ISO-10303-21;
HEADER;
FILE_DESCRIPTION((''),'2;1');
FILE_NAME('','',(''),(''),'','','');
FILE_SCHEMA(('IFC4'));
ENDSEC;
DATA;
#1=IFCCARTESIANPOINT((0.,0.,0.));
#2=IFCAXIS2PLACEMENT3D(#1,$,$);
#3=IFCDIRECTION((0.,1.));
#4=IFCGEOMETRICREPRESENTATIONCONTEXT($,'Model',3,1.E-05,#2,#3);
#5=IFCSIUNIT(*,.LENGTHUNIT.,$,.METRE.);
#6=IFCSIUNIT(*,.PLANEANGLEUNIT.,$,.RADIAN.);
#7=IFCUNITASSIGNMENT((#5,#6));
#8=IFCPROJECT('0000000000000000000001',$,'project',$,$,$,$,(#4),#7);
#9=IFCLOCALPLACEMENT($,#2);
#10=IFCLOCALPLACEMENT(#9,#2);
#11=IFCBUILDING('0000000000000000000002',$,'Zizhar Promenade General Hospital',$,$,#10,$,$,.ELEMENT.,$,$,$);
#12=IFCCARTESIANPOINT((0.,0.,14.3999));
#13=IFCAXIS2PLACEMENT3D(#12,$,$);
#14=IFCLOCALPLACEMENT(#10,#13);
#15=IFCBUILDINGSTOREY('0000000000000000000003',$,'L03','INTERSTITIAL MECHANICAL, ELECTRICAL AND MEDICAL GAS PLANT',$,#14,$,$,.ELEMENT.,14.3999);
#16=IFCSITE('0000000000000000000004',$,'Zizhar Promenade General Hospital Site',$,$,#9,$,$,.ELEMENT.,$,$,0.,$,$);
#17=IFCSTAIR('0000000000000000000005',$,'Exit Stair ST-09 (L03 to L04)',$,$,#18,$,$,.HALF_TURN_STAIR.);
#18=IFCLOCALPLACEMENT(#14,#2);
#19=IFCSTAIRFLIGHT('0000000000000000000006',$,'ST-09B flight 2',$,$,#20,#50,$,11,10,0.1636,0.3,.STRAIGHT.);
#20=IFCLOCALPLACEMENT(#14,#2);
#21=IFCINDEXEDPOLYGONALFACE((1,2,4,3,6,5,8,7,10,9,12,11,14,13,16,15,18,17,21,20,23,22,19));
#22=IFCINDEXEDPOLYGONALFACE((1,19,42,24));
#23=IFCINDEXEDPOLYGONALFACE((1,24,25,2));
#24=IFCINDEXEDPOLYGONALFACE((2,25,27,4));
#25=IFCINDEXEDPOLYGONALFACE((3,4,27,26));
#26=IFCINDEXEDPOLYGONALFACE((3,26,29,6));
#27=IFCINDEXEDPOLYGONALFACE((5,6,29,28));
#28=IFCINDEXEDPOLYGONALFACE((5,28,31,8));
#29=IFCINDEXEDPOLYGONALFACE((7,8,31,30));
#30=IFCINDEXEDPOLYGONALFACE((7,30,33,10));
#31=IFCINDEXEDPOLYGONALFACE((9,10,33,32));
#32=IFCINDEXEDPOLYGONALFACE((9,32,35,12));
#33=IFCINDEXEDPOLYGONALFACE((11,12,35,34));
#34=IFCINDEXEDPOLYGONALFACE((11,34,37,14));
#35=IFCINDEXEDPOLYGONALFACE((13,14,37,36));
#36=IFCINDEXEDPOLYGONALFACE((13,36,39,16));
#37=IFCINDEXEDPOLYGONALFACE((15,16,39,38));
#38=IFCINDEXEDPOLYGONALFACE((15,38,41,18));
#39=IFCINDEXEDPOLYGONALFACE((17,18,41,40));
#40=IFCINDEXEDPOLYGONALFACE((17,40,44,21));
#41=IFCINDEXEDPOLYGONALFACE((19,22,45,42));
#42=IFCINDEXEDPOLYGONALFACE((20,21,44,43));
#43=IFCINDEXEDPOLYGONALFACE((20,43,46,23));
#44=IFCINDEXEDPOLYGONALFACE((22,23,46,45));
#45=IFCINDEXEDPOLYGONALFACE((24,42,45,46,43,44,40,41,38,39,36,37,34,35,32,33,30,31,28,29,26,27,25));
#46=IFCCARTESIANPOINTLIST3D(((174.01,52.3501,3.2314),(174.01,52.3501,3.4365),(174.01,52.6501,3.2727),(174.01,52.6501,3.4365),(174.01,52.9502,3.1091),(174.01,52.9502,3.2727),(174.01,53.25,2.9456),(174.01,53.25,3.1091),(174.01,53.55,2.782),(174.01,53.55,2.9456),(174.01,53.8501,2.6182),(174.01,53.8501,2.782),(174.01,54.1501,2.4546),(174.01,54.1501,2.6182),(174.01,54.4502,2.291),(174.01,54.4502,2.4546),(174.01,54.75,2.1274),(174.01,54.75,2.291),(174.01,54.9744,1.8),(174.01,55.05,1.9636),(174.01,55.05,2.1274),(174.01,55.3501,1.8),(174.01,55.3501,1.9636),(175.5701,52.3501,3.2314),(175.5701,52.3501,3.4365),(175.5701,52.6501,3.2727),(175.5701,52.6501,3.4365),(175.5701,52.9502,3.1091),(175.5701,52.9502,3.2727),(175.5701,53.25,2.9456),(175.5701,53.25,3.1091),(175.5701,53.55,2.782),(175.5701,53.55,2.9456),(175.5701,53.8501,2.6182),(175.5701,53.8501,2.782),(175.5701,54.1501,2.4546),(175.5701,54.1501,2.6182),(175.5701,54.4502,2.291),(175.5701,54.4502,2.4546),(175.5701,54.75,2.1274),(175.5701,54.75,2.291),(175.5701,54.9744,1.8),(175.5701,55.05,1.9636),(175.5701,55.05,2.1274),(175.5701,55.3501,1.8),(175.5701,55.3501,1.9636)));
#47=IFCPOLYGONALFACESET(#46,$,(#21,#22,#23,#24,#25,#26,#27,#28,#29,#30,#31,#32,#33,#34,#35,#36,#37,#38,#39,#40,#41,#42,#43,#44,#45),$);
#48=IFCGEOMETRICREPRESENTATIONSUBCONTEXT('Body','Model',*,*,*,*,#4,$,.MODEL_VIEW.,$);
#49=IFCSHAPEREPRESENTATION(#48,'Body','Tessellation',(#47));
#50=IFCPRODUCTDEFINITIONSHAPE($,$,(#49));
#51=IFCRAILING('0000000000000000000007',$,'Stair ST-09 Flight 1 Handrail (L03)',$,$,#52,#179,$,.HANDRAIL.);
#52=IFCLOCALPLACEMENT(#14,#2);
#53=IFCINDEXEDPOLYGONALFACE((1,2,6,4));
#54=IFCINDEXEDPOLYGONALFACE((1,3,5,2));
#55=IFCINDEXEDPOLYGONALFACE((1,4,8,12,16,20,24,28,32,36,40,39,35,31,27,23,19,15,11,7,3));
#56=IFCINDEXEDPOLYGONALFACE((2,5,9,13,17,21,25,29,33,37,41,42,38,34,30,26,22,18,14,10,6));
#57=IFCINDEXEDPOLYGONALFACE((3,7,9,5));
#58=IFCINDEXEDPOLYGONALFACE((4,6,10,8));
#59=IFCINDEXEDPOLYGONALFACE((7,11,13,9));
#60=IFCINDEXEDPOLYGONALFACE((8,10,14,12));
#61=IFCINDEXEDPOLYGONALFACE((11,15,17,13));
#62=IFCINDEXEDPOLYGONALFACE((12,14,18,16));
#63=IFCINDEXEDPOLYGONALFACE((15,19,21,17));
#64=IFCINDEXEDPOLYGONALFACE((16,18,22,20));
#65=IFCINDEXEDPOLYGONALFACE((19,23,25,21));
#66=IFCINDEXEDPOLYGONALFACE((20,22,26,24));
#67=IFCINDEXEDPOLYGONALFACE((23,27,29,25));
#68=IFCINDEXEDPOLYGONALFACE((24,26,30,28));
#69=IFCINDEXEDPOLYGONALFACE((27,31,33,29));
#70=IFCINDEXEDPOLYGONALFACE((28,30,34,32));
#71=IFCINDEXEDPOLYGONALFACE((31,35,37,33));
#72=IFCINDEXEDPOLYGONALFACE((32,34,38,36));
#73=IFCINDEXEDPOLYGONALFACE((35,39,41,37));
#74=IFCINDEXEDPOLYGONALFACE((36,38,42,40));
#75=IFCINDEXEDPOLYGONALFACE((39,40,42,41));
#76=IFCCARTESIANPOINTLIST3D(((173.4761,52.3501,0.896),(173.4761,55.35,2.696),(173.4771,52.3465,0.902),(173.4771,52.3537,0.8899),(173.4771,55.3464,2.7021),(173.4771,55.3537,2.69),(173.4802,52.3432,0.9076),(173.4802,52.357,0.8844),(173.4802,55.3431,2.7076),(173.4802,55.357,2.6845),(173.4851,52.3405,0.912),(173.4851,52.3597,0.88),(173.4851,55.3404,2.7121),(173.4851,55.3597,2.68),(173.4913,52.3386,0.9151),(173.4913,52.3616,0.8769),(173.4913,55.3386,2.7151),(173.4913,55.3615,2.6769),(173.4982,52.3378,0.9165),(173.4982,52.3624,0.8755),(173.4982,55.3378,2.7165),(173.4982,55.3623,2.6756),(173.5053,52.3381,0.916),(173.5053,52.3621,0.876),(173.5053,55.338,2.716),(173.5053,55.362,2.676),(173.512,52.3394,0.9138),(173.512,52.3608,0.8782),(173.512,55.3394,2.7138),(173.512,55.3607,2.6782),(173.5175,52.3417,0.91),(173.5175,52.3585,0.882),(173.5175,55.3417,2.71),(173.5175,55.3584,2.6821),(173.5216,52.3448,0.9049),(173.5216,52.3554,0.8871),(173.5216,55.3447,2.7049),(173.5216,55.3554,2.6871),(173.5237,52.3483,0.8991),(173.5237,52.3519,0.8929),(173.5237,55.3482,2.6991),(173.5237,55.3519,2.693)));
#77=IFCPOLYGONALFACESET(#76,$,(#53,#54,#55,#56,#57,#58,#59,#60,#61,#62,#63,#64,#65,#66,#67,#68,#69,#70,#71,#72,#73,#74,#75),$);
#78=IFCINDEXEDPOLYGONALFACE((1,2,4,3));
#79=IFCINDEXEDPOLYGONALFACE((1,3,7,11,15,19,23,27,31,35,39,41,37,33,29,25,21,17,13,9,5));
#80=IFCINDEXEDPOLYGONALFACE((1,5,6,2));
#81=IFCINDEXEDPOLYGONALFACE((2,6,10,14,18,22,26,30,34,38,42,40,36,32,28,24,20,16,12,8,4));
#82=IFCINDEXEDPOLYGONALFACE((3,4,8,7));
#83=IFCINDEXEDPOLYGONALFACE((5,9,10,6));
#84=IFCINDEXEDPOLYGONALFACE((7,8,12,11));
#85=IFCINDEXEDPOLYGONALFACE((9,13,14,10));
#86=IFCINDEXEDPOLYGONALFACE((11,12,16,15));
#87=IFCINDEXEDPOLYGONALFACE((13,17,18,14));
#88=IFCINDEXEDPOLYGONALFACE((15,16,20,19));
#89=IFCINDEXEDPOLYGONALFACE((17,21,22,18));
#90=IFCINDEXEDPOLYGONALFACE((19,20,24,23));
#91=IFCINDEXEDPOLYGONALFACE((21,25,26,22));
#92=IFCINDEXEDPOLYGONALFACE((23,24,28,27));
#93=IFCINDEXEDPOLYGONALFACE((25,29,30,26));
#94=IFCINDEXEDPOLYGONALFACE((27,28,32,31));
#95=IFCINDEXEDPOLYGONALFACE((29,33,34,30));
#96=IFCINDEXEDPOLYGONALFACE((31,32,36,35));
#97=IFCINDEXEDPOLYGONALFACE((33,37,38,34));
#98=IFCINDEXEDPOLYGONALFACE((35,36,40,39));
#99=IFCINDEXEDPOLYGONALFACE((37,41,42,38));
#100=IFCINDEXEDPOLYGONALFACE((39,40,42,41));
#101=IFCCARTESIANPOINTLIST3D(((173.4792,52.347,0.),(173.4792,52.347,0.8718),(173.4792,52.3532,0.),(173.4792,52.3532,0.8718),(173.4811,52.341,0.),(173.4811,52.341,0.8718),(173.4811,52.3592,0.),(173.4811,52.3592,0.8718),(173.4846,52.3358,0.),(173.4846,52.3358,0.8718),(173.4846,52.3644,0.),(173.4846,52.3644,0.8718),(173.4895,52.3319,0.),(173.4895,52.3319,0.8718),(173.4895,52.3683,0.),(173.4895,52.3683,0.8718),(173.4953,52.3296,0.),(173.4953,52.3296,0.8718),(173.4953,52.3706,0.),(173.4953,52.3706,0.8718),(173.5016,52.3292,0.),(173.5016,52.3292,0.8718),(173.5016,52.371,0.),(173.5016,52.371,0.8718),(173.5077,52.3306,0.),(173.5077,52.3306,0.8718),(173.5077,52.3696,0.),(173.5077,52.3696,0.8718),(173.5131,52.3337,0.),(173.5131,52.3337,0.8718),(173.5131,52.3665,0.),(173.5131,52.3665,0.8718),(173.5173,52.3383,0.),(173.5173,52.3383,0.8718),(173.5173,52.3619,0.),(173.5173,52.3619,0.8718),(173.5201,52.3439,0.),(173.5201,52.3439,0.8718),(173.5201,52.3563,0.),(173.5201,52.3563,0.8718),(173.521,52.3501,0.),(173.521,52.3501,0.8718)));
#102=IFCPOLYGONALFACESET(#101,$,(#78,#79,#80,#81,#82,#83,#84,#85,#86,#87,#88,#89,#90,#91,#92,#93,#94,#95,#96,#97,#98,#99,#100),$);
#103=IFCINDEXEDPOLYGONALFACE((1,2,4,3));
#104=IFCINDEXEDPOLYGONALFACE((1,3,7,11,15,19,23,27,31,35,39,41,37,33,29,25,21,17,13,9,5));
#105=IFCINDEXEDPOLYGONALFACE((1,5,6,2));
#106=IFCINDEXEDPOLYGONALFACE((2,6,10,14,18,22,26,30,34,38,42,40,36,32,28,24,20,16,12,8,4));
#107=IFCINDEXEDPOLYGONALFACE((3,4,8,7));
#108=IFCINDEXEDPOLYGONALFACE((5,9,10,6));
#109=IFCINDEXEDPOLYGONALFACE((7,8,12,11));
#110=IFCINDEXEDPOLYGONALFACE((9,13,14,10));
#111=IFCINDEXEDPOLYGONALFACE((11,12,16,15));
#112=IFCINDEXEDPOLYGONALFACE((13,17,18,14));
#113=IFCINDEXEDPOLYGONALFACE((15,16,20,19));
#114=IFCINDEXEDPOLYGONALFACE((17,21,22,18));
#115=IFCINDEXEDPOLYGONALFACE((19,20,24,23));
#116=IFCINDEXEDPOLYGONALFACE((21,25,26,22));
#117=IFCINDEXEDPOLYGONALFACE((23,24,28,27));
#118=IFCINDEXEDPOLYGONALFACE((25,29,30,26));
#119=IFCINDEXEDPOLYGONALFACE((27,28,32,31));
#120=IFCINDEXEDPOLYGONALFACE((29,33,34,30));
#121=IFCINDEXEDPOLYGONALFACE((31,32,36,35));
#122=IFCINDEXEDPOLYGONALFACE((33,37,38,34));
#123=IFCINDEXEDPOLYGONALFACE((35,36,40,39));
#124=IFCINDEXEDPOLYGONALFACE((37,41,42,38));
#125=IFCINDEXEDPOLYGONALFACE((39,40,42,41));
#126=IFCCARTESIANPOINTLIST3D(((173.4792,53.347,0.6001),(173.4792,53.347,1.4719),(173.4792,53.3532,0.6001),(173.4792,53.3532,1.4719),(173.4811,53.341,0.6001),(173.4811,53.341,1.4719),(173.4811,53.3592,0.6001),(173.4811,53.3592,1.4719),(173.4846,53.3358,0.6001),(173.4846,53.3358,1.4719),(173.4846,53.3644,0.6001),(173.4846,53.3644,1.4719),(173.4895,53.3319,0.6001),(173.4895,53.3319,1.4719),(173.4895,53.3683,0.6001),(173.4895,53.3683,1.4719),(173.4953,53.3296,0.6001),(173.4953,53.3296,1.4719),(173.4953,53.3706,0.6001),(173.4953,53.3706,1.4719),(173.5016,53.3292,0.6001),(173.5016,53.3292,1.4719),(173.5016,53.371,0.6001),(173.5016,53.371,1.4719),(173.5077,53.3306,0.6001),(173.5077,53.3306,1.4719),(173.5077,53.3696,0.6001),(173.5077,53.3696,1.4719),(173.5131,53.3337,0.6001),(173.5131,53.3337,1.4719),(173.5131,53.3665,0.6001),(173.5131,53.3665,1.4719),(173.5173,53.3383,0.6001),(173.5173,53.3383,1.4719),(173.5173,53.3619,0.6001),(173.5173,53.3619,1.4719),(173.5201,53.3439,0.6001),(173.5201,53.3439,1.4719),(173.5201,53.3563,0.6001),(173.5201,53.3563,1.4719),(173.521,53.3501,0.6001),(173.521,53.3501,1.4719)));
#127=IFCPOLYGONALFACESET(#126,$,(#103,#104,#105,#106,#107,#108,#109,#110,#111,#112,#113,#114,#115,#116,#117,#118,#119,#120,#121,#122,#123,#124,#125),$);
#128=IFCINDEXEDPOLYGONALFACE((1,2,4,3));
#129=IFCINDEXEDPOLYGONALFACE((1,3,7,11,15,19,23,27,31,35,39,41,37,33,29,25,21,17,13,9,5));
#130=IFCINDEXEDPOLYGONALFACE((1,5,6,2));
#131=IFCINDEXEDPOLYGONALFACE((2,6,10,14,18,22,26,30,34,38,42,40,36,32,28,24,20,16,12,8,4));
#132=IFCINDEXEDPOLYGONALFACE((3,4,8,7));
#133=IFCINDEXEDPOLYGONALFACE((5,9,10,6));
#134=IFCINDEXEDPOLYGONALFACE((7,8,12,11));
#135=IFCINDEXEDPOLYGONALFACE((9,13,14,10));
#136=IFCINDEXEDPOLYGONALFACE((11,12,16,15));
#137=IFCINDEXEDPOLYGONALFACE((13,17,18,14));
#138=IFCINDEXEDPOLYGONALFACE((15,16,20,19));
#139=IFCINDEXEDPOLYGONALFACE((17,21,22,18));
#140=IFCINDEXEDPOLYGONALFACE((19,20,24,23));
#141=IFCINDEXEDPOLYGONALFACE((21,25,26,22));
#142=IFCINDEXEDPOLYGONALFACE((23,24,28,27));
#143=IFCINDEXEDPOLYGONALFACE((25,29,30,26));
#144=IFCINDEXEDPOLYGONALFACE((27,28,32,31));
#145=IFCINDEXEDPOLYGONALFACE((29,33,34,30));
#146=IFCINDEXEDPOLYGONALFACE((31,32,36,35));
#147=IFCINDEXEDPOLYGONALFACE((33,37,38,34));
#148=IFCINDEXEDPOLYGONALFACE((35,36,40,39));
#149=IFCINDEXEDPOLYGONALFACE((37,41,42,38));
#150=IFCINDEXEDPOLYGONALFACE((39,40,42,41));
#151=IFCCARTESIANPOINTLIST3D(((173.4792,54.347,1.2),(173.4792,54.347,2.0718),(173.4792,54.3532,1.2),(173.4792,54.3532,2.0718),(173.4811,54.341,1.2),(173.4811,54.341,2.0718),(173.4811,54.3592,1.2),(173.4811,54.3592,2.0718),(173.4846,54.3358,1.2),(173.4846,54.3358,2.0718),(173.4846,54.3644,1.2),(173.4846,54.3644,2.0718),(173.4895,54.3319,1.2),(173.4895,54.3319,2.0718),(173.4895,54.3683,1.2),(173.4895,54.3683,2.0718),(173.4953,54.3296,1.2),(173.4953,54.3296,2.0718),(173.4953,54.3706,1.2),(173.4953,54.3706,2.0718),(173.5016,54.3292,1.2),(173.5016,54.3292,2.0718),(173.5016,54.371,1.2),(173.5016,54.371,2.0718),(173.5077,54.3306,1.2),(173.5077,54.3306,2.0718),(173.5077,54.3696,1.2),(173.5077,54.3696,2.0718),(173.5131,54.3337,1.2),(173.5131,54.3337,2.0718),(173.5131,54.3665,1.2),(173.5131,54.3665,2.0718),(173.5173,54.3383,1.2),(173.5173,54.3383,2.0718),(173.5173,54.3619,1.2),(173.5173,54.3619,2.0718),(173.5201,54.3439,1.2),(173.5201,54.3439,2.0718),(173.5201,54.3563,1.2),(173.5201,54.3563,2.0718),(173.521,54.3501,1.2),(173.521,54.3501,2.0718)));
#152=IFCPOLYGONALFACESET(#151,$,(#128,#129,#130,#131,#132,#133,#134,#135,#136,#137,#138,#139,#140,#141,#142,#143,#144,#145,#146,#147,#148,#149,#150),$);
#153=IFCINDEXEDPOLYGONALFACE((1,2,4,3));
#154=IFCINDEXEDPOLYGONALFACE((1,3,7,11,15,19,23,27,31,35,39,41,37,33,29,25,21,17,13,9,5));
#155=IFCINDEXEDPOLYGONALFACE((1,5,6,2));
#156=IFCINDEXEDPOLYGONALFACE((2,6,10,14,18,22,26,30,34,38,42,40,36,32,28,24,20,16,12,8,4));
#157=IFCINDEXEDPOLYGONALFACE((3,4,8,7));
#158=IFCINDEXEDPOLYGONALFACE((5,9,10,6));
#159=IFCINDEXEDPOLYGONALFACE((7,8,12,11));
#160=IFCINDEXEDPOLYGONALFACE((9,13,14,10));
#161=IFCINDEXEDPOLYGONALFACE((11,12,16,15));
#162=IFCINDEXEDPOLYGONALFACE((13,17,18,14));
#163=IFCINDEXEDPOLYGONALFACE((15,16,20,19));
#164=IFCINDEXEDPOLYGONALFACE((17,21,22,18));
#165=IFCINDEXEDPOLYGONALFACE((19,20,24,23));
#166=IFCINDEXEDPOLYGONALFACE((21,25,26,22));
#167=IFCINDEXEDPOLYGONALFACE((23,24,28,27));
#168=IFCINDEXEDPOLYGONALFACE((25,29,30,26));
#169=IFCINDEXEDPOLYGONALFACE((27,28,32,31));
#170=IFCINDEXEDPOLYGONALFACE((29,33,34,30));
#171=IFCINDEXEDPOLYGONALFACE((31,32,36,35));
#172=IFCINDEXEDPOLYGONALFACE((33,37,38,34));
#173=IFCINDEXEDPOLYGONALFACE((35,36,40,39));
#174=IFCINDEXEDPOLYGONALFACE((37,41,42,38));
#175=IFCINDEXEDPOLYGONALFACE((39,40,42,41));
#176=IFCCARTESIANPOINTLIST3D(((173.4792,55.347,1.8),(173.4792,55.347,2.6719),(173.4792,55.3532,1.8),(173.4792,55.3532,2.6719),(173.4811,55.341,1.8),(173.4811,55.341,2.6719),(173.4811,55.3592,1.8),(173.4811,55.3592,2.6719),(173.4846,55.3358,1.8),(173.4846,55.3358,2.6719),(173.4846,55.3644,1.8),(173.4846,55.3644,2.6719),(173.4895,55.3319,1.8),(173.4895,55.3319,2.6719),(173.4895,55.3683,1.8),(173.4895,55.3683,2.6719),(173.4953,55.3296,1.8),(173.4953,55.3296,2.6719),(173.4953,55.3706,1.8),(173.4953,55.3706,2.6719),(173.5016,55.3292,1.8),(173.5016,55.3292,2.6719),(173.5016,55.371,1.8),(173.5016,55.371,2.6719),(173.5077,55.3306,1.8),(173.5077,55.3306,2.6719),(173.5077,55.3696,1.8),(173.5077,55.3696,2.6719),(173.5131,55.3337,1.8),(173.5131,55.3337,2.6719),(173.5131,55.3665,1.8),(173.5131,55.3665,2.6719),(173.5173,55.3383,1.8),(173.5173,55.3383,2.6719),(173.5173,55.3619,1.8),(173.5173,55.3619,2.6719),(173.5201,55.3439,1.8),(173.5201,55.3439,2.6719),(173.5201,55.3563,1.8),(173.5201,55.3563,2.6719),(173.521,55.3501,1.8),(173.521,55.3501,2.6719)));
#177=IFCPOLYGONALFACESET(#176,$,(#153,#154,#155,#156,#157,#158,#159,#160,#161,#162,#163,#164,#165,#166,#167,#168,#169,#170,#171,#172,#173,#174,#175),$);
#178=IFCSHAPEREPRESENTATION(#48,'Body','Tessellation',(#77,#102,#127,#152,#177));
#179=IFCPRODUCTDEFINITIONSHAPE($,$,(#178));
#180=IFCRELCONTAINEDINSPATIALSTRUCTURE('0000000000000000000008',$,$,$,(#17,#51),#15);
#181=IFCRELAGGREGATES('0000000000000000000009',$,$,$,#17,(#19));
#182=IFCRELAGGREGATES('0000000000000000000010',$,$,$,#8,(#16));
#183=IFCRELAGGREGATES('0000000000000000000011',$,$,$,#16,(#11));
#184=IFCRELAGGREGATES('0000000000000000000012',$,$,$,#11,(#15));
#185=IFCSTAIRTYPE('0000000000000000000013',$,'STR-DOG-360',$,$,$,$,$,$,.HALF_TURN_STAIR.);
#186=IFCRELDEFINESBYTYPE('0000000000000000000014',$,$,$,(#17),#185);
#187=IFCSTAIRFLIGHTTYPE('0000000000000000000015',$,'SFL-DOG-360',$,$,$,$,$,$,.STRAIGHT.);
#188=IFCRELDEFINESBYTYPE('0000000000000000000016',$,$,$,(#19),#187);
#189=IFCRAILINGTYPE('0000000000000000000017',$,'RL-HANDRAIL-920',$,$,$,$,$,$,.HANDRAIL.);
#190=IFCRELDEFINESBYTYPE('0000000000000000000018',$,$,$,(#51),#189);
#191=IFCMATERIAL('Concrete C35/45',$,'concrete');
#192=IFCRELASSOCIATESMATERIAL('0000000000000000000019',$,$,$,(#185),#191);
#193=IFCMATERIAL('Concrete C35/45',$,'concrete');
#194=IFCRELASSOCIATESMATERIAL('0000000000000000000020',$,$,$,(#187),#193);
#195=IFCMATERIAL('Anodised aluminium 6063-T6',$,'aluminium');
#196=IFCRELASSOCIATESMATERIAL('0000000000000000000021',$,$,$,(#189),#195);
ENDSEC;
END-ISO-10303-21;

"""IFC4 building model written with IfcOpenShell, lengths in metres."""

from ifc_helpers import new_model, si_unit, direction, frame, origin, origin_2d, place, context, subcontext, project, spatial, polyline, circle, hollow_circle, outline, extrude, material, material_profile, profile_set, type_object, element, aggregate, save


model = new_model("IFC4")

# Units and contexts
model_context = context("Model", 3, precision=1e-05, world=origin(), true_north=direction((0.0, 1.0)))
body_context = subcontext(model_context, "Body", "Model", "MODEL_VIEW")
ifc_project = project(units=[si_unit("LENGTHUNIT", "METRE"), si_unit("PLANEANGLEUNIT", "RADIAN")], contexts=[model_context])

# Site, building, storey
site_placement = place(None, origin())
site = spatial("IfcSite", under=ifc_project, at=site_placement, Name="Zizhar Promenade General Hospital Site", CompositionType="ELEMENT", RefElevation=0.0)
building_placement = place(site_placement, origin())
building = spatial("IfcBuilding", under=site, at=building_placement, Name="Zizhar Promenade General Hospital", CompositionType="ELEMENT")
storey_placement = place(building_placement, frame((0.0, 0.0, 14.3999)))
storey = spatial("IfcBuildingStorey", under=building, at=storey_placement, Name="L03", Description="INTERSTITIAL MECHANICAL, ELECTRICAL AND MEDICAL GAS PLANT", CompositionType="ELEMENT", Elevation=14.3999)

# Stair, stair flight
ifc_material_1 = material(Name="Concrete C35/45", Category="concrete")
stair_type = type_object("IfcStairType", Name="STR-DOG-360", PredefinedType="HALF_TURN_STAIR", material=ifc_material_1)
stair_placement = place(storey_placement, origin())
stair = element("IfcStair", 1, at=stair_placement, inside=storey, type_object=stair_type, Name="Exit Stair ST-09 (L03 to L04)", PredefinedType="HALF_TURN_STAIR")
ifc_material_2 = material(Name="Concrete C35/45", Category="concrete")
stair_flight_type = type_object("IfcStairFlightType", Name="SFL-DOG-360", PredefinedType="STRAIGHT", material=ifc_material_2)
stair_flight_1_placement = place(storey_placement, frame((174.79, 55.3501, 1.8), z_axis=(0.0, 0.0, 1.0), x_axis=(0.0, -1.0, 0.0)))
stair_flight_1 = element("IfcStairFlight", 2, at=stair_flight_1_placement, type_object=stair_flight_type, Name="ST-09B flight 2", NumberOfRisers=11, NumberOfTreads=10, PredefinedType="STRAIGHT", RiserHeight=0.1636, TreadLength=0.3, context=body_context, shape_type="SweptSolid", body=[
    extrude(outline(polyline([(0.0, 0.0), (0.0, 0.1636), (0.3, 0.1636), (0.3, 0.3274), (0.6001, 0.3274), (0.6001, 0.491), (0.8999, 0.491), (0.8999, 0.6545), (1.2, 0.6545), (1.2, 0.8181), (1.5, 0.8181), (1.5, 0.9819), (1.8, 0.9819), (1.8, 1.1455), (2.1001, 1.1455), (2.1001, 1.3091), (2.3999, 1.3091), (2.3999, 1.4727), (2.7, 1.4727), (2.7, 1.6365), (3.0, 1.6365), (3.0, 1.8), (3.0, 1.4314), (0.3757, 0.0), (0.0, 0.0)])), frame((0.0, 0.78, 0.0), z_axis=(0.0, -1.0, 0.0), x_axis=(1.0, 0.0, 0.0)), (0.0, 0.0, 1.0), 1.5601),
])
aggregate(stair, [stair_flight_1])

# Railing
ifc_material_3 = material(Name="Anodised aluminium 6063-T6", Category="aluminium")
ifc_material_profile_1 = material_profile(ifc_material_3, hollow_circle(Radius=0.0698, WallThickness=0.0063, at=origin_2d()))
ifc_profile_set_1 = profile_set([ifc_material_profile_1], Name="Anodised aluminium 6063-T6")
railing_type_1 = type_object("IfcRailingType", Name="RL-HANDRAIL-920", PredefinedType="HANDRAIL", material=ifc_profile_set_1)
railing_1_placement = place(storey_placement, frame((173.5, 52.3501, 0.0)))
element("IfcRailing", 3, at=railing_1_placement, inside=storey, type_object=railing_type_1, Name="Stair ST-09 Flight 1 Handrail (L03)", PredefinedType="HANDRAIL", context=body_context, shape_type="SweptSolid", body=[
    extrude(circle(Radius=0.0239, at=origin_2d()), frame((0.0, 0.0, 0.896), z_axis=(0.0, 0.857487, 0.514506), x_axis=(-1.0, 0.0, 0.0)), (0.0, 0.0, 1.0), 3.4985),
    extrude(circle(Radius=0.021, at=origin_2d()), origin(), (0.0, 0.0, 1.0), 0.8718),
    extrude(circle(Radius=0.021, at=origin_2d()), frame((0.0, 1.0, 0.6001)), (0.0, 0.0, 1.0), 0.8718),
    extrude(circle(Radius=0.021, at=origin_2d()), frame((0.0, 2.0, 1.2)), (0.0, 0.0, 1.0), 0.8718),
    extrude(circle(Radius=0.021, at=origin_2d()), frame((0.0, 3.0, 1.8)), (0.0, 0.0, 1.0), 0.8718),
])

save(model, "model.ifc")
